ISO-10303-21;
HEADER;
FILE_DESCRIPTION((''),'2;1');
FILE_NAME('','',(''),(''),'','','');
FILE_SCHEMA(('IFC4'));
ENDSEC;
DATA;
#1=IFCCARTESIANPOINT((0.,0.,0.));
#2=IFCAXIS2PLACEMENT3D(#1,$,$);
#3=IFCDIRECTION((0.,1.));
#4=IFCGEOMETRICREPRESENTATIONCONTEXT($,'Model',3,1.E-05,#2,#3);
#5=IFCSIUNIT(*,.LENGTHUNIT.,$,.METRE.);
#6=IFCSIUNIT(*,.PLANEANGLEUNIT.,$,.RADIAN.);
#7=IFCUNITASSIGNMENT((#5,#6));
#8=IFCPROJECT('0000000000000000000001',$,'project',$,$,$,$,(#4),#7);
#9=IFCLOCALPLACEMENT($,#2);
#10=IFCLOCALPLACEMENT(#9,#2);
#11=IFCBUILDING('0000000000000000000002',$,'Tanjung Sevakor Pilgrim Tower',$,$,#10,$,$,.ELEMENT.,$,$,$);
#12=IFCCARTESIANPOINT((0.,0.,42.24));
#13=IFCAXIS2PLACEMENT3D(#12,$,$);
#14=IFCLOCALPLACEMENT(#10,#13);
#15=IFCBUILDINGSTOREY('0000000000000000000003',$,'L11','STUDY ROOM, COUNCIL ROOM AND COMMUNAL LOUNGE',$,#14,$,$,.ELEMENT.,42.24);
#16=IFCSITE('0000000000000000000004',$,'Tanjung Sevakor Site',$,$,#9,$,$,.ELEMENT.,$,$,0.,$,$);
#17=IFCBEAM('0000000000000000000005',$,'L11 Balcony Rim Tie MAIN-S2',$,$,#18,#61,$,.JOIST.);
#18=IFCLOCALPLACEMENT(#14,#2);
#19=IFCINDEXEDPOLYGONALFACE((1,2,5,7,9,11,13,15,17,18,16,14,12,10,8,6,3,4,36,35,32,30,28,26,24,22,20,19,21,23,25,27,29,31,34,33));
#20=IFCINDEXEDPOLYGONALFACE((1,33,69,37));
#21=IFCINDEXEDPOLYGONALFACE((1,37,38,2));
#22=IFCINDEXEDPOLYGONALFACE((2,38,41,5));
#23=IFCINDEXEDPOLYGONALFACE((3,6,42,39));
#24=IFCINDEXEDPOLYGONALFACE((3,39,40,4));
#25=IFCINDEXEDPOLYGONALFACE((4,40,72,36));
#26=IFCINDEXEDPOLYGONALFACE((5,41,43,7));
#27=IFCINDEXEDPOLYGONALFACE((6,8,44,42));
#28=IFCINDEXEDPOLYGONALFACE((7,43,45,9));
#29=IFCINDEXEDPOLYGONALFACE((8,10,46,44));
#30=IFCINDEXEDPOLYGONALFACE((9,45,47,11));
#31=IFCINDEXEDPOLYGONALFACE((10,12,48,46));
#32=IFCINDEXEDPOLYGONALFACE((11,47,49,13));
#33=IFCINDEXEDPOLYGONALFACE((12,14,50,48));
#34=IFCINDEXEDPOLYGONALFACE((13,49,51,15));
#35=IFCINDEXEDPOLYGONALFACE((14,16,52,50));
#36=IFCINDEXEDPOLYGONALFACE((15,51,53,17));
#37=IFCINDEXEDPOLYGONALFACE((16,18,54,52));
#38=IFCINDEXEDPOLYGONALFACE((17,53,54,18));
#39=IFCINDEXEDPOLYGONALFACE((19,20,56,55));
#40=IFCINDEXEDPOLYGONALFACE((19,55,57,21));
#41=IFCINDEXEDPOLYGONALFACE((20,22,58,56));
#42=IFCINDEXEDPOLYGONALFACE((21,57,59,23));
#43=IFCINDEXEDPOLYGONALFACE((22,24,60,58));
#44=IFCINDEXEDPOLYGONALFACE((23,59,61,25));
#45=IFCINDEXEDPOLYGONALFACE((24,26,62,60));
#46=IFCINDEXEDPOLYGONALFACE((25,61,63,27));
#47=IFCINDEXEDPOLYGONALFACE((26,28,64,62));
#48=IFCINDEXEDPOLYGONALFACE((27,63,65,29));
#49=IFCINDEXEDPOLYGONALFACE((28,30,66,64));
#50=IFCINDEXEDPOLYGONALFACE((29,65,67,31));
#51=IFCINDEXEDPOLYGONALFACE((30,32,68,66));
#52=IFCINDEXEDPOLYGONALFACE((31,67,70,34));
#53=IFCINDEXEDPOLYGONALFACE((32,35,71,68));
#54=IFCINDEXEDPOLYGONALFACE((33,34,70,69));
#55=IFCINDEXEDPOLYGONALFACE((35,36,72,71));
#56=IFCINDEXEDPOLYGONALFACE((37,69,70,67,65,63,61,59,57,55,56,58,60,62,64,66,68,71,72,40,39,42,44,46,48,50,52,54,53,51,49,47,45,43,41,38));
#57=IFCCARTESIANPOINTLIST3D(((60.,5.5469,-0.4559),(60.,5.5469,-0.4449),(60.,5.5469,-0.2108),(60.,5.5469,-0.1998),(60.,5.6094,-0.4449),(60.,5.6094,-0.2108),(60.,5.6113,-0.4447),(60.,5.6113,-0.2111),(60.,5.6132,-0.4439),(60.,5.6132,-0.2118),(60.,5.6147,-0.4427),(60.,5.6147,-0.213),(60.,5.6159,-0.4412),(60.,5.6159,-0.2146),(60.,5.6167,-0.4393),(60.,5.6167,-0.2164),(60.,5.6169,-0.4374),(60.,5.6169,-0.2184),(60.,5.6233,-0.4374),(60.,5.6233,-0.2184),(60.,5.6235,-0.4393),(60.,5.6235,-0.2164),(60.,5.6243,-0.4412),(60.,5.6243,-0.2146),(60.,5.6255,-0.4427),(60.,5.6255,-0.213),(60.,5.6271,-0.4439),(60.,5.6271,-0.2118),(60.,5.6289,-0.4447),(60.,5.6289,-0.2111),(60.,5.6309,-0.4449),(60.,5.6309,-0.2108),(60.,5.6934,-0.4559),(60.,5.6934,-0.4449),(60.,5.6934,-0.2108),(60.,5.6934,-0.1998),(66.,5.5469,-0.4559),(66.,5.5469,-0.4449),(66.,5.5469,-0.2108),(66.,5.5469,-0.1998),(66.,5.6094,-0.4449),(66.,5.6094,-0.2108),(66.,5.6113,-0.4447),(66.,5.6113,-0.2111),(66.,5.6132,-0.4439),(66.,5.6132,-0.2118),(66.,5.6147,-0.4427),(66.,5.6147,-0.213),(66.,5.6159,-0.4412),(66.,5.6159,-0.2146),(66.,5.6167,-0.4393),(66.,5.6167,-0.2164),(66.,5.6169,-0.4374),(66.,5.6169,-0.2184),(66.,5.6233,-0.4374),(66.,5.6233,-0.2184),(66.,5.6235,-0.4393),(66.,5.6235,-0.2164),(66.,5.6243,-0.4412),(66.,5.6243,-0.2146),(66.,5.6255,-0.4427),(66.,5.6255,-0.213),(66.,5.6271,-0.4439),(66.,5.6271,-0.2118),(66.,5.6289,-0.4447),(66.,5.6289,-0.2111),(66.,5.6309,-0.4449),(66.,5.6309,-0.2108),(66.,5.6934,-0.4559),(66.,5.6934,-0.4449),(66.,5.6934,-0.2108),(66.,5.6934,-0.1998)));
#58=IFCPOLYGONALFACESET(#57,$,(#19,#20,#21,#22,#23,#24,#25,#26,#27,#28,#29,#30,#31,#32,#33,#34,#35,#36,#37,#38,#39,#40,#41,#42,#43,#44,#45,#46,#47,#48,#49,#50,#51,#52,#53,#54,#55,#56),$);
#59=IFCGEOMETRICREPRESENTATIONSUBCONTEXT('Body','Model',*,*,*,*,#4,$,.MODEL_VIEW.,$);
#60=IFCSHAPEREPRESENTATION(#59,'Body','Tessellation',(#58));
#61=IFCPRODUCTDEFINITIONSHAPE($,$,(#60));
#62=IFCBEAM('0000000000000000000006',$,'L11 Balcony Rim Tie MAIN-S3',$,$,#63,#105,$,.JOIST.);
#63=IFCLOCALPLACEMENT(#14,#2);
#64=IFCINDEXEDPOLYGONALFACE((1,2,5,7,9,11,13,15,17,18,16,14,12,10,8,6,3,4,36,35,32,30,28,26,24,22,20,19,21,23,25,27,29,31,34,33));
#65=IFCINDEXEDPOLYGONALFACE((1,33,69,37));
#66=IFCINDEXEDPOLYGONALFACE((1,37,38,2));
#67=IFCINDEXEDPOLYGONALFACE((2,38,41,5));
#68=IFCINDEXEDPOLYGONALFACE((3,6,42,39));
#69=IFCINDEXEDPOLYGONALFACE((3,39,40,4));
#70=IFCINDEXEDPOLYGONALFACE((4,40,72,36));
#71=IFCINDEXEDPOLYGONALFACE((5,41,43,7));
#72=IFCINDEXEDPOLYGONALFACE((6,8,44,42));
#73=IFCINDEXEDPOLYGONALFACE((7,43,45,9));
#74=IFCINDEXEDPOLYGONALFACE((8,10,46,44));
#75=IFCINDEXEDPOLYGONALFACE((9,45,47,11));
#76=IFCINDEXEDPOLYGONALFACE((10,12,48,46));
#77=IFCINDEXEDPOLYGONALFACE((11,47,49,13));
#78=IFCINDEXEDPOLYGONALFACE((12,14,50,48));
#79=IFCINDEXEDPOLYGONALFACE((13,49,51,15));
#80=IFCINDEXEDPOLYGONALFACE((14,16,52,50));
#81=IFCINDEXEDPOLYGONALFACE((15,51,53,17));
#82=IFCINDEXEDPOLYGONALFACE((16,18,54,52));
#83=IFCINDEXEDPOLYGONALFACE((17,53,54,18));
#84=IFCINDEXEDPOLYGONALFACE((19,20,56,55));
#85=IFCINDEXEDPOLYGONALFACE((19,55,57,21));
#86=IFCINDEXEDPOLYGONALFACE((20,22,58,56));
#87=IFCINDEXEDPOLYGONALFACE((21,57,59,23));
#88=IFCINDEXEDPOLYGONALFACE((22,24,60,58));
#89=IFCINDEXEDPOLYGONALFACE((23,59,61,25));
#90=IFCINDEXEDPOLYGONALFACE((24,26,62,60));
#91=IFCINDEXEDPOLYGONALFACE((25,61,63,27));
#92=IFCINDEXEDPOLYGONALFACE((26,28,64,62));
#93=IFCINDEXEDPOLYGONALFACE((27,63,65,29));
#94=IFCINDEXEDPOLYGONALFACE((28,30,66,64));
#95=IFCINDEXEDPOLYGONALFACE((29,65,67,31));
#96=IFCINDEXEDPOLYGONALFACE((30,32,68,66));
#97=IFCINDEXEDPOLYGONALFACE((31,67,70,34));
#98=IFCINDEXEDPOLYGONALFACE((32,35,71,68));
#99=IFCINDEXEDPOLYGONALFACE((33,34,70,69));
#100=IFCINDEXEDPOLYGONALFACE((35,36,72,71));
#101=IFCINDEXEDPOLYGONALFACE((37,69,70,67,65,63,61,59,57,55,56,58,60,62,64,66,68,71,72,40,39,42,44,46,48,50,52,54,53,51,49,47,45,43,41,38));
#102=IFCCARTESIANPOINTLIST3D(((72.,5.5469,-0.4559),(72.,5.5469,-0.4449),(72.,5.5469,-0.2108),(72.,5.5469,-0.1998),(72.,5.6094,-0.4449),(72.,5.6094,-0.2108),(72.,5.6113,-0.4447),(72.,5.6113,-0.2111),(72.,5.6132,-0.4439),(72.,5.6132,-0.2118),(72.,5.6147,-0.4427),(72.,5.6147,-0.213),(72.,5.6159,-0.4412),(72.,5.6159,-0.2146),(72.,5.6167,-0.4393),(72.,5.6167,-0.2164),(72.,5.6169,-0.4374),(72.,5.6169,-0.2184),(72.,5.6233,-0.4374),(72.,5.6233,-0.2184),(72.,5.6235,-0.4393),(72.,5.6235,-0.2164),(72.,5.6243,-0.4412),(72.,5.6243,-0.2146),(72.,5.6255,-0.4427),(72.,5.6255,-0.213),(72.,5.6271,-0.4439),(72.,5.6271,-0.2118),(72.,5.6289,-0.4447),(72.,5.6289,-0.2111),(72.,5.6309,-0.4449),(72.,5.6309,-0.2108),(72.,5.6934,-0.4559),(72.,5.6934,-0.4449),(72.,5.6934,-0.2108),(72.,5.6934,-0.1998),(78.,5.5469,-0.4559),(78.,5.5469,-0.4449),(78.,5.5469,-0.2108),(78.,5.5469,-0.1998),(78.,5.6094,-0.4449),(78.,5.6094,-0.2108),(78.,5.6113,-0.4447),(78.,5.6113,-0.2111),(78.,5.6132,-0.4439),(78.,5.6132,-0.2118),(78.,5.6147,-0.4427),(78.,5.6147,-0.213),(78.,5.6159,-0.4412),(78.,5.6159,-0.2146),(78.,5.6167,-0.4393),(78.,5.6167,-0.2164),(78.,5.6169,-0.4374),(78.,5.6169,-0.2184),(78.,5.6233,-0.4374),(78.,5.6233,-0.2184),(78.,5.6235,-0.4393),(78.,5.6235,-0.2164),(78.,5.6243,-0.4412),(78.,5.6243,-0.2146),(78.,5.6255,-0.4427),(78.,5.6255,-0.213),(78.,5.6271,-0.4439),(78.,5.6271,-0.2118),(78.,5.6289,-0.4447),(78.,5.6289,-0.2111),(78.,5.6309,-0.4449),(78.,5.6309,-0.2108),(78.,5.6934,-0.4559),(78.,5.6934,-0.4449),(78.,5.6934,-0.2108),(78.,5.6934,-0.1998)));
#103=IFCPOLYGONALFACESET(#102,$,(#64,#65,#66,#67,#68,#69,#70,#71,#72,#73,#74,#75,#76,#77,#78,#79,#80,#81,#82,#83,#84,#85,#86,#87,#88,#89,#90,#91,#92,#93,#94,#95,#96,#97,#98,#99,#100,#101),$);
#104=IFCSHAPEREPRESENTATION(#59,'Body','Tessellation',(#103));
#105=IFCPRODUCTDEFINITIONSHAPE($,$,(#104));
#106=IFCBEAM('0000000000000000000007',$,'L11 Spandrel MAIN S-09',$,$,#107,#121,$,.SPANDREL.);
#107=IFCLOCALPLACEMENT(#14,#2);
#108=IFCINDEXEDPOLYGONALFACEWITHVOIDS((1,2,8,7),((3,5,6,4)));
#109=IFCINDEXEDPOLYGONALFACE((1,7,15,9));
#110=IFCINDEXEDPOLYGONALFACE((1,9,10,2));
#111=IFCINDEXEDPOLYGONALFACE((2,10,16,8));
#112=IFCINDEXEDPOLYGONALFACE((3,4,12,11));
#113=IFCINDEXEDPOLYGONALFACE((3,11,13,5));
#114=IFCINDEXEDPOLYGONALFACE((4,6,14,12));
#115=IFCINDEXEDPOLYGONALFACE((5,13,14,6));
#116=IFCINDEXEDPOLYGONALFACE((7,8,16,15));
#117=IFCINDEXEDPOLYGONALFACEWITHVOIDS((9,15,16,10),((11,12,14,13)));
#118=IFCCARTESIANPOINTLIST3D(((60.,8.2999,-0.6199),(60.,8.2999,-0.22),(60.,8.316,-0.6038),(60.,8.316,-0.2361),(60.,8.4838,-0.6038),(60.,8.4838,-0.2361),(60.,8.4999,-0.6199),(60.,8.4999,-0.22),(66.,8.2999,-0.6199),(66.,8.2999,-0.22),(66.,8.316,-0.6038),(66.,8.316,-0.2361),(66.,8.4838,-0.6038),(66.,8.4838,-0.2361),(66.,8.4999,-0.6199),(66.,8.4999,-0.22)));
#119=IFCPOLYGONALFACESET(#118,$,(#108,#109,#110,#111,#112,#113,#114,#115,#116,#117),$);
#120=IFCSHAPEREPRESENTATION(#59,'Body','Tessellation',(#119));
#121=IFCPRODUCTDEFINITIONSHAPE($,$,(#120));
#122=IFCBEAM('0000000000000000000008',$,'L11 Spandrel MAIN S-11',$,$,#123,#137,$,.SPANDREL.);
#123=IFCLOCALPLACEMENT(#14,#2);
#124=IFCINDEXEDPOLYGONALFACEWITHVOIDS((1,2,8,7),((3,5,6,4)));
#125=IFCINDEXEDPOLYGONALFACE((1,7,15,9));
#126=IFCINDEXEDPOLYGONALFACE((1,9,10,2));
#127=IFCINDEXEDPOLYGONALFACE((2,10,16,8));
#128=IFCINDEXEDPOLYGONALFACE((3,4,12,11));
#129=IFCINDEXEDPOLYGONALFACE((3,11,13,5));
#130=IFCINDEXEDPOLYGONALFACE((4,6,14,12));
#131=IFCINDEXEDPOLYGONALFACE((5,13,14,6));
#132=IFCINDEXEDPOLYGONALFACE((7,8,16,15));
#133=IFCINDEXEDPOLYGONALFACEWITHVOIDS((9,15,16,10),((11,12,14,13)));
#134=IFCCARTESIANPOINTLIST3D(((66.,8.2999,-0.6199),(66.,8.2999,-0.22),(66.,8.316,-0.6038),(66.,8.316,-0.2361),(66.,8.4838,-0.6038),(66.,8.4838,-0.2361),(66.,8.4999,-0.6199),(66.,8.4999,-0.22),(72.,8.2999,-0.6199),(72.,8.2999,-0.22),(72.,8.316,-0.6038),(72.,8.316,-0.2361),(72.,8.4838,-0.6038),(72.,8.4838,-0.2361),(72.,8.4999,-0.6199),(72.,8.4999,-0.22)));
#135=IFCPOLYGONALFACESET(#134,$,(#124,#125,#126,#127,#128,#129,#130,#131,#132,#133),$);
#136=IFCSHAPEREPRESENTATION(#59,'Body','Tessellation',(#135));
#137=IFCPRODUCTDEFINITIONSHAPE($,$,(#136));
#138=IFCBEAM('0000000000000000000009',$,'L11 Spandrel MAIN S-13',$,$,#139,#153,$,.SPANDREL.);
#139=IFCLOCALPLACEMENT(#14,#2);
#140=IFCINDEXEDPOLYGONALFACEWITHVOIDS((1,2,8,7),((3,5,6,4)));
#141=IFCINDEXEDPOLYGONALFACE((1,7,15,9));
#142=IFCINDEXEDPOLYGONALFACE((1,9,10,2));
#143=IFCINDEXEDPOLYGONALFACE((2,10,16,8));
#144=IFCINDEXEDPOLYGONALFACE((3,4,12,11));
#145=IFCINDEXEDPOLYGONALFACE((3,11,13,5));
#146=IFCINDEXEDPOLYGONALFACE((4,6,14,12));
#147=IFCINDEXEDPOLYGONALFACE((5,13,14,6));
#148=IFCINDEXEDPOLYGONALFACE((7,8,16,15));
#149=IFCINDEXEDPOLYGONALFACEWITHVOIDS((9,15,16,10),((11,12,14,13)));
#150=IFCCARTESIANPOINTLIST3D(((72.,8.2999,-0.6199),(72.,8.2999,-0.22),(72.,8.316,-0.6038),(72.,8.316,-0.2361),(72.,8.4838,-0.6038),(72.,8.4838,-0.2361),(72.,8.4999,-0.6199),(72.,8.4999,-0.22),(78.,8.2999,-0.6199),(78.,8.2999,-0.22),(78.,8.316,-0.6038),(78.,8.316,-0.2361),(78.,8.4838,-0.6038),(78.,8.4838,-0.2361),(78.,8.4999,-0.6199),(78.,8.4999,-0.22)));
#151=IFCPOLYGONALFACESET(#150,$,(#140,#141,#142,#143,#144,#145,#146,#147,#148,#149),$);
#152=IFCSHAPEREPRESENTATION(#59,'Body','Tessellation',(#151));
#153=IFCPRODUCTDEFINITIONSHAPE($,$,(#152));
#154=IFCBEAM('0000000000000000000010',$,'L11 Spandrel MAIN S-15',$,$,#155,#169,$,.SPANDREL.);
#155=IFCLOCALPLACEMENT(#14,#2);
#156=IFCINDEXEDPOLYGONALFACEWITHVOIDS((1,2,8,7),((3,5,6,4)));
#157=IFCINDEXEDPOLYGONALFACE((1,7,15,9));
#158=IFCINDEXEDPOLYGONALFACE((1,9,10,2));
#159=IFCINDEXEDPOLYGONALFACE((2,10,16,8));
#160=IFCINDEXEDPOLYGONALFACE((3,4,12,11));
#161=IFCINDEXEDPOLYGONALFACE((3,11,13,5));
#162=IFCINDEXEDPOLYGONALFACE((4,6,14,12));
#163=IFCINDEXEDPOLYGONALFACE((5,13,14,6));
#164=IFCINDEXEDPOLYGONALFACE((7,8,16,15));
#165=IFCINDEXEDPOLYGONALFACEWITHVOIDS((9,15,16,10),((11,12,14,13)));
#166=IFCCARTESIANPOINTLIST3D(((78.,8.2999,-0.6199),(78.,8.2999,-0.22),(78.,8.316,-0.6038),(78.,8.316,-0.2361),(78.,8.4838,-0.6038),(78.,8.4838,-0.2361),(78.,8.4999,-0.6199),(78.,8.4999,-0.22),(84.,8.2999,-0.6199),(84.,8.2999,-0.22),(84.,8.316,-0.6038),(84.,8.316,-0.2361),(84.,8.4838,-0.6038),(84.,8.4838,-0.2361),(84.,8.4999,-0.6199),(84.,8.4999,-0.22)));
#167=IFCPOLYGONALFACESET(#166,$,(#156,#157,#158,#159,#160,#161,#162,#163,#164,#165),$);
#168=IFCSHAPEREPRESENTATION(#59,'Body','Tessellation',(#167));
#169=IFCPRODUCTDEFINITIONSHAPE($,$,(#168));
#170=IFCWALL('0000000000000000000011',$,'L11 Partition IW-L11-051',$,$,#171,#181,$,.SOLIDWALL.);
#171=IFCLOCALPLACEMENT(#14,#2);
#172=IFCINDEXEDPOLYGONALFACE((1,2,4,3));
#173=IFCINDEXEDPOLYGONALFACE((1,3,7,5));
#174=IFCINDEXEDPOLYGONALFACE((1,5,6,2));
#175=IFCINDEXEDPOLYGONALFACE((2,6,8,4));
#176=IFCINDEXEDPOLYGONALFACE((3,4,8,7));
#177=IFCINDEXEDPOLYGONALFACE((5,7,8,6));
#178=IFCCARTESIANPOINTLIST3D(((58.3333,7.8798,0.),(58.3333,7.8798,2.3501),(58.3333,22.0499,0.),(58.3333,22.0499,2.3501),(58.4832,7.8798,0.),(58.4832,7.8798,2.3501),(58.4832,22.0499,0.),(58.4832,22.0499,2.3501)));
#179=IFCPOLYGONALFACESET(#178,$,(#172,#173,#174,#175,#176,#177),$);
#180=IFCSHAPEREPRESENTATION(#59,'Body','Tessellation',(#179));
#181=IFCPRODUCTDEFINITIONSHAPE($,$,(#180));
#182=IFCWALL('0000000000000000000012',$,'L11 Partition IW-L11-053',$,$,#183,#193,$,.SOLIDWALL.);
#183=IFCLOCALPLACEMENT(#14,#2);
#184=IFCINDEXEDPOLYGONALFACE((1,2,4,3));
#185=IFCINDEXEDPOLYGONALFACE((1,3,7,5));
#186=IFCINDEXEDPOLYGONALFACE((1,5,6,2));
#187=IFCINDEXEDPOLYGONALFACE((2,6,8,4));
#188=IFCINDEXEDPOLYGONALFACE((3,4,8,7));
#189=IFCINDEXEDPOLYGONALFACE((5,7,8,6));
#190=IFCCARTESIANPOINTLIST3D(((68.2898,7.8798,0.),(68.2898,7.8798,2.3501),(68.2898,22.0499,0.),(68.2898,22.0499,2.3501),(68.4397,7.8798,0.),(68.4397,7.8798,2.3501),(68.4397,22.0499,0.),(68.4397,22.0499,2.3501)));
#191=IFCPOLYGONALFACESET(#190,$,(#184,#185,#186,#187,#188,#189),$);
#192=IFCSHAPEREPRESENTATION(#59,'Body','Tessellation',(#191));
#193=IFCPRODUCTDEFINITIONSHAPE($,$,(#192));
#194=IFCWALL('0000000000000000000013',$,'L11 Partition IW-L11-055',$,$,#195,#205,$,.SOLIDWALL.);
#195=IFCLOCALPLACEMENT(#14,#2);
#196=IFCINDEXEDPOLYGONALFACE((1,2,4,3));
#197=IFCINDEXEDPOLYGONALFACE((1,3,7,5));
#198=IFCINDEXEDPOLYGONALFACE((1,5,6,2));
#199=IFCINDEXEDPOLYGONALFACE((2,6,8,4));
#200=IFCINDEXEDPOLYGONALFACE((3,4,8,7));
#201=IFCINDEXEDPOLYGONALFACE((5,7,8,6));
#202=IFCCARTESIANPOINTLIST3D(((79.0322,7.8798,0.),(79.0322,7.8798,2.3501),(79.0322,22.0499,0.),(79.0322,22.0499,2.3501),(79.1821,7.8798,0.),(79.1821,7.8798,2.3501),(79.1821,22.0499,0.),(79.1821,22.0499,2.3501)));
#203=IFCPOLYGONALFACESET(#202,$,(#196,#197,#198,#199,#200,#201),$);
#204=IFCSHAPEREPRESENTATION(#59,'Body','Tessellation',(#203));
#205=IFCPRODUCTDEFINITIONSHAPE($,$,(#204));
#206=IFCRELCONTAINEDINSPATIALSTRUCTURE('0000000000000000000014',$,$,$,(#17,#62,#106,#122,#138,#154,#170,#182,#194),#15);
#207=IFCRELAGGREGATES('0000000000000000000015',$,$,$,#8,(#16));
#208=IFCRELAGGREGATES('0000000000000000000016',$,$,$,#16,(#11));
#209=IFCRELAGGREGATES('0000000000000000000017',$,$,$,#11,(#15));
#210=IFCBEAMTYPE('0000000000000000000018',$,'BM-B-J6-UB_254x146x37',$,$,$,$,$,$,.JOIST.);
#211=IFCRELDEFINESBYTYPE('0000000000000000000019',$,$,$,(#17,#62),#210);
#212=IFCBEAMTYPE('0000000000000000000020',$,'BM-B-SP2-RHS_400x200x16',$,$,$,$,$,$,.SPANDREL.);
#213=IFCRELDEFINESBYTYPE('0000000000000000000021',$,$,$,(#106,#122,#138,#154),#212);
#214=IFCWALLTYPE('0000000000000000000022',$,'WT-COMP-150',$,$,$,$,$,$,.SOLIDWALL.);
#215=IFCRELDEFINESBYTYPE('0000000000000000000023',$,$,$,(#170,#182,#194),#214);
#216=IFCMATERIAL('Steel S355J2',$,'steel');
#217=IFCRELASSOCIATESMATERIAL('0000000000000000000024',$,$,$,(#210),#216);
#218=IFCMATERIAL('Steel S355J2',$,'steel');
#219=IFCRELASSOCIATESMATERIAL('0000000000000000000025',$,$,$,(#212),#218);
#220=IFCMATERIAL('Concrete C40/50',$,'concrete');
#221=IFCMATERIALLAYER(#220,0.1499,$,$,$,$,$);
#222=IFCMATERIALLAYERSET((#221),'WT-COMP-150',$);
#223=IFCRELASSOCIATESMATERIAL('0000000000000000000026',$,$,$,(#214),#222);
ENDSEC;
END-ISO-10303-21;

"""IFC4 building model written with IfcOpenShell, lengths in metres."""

from ifc_helpers import new_model, si_unit, direction, frame, frame_2d, origin, origin_2d, place, context, subcontext, project, spatial, rectangle, hollow_rectangle, i_section, extrude, material, layer, layer_set, material_profile, profile_set, type_object, element, save


model = new_model("IFC4")

# Units and contexts
model_context = context("Model", 3, precision=1e-05, world=origin(), true_north=direction((0.0, 1.0)))
body_context = subcontext(model_context, "Body", "Model", "MODEL_VIEW")
ifc_project = project(units=[si_unit("LENGTHUNIT", "METRE"), si_unit("PLANEANGLEUNIT", "RADIAN")], contexts=[model_context])

# Site, building, storey
site_placement = place(None, origin())
site = spatial("IfcSite", under=ifc_project, at=site_placement, Name="Tanjung Sevakor Site", CompositionType="ELEMENT", RefElevation=0.0)
building_placement = place(site_placement, origin())
building = spatial("IfcBuilding", under=site, at=building_placement, Name="Tanjung Sevakor Pilgrim Tower", CompositionType="ELEMENT")
storey_placement = place(building_placement, frame((0.0, 0.0, 42.24)))
storey = spatial("IfcBuildingStorey", under=building, at=storey_placement, Name="L11", Description="STUDY ROOM, COUNCIL ROOM AND COMMUNAL LOUNGE", CompositionType="ELEMENT", Elevation=42.24)

# Beams
ifc_material_1 = material(Name="Steel S355J2", Category="steel")
ifc_material_profile_1 = material_profile(ifc_material_1, i_section(OverallWidth=0.1465, OverallDepth=0.2561, WebThickness=0.0063, FlangeThickness=0.011, FilletRadius=0.0076, at=origin_2d()))
ifc_profile_set_1 = profile_set([ifc_material_profile_1], Name="Steel S355J2")
beam_type_1 = type_object("IfcBeamType", Name="BM-B-J6-UB_254x146x37", PredefinedType="JOIST", material=ifc_profile_set_1)
for number, where, z_axis, x_axis, name in (
    (1, (60.0, 5.6201, -0.3279), (1.0, 0.0, 0.0), (0.0, 1.0, 0.0), "L11 Balcony Rim Tie MAIN-S2"),
    (2, (72.0, 5.6201, -0.3279), (1.0, 0.0, 0.0), (0.0, 1.0, 0.0), "L11 Balcony Rim Tie MAIN-S3"),
):
    element("IfcBeam", number, at=place(storey_placement, frame(where, z_axis=z_axis, x_axis=x_axis)), inside=storey, type_object=beam_type_1, Name=name, PredefinedType="JOIST", context=body_context, shape_type="SweptSolid", body=[
        extrude(i_section(OverallWidth=0.1465, OverallDepth=0.2561, WebThickness=0.0063, FlangeThickness=0.011, FilletRadius=0.0076, at=origin_2d()), origin(), (0.0, 0.0, 1.0), 6.0),
    ])
ifc_material_2 = material(Name="Steel S355J2", Category="steel")
ifc_material_profile_2 = material_profile(ifc_material_2, hollow_rectangle(XDim=0.2, YDim=0.3999, WallThickness=0.0161, at=origin_2d()))
ifc_profile_set_2 = profile_set([ifc_material_profile_2], Name="Steel S355J2")
beam_type_2 = type_object("IfcBeamType", Name="BM-B-SP2-RHS_400x200x16", PredefinedType="SPANDREL", material=ifc_profile_set_2)
for number, where, z_axis, x_axis, name in (
    (3, (60.0, 8.3999, -0.4199), (1.0, 0.0, 0.0), (0.0, 1.0, 0.0), "L11 Spandrel MAIN S-09"),
    (4, (66.0, 8.3999, -0.4199), (1.0, 0.0, 0.0), (0.0, 1.0, 0.0), "L11 Spandrel MAIN S-11"),
    (5, (72.0, 8.3999, -0.4199), (1.0, 0.0, 0.0), (0.0, 1.0, 0.0), "L11 Spandrel MAIN S-13"),
    (6, (78.0, 8.3999, -0.4199), (1.0, 0.0, 0.0), (0.0, 1.0, 0.0), "L11 Spandrel MAIN S-15"),
):
    element("IfcBeam", number, at=place(storey_placement, frame(where, z_axis=z_axis, x_axis=x_axis)), inside=storey, type_object=beam_type_2, Name=name, PredefinedType="SPANDREL", context=body_context, shape_type="SweptSolid", body=[
        extrude(hollow_rectangle(XDim=0.2, YDim=0.3999, WallThickness=0.0161, at=origin_2d()), origin(), (0.0, 0.0, 1.0), 6.0),
    ])

# Walls
ifc_material_3 = material(Name="Concrete C40/50", Category="concrete")
ifc_layer_1 = layer(ifc_material_3, 0.1499)
ifc_layer_set_1 = layer_set([ifc_layer_1], Name="WT-COMP-150")
wall_type_1 = type_object("IfcWallType", Name="WT-COMP-150", PredefinedType="SOLIDWALL", material=ifc_layer_set_1)
for number, where, z_axis, x_axis, name in (
    (7, (58.4082, 7.8799, 0.0), (0.0, 0.0, 1.0), (0.0, 1.0, 0.0), "L11 Partition IW-L11-051"),
    (8, (68.3647, 7.8799, 0.0), (0.0, 0.0, 1.0), (0.0, 1.0, 0.0), "L11 Partition IW-L11-053"),
    (9, (79.1072, 7.8799, 0.0), (0.0, 0.0, 1.0), (0.0, 1.0, 0.0), "L11 Partition IW-L11-055"),
):
    element("IfcWall", number, at=place(storey_placement, frame(where, z_axis=z_axis, x_axis=x_axis)), inside=storey, type_object=wall_type_1, Name=name, PredefinedType="SOLIDWALL", context=body_context, shape_type="SweptSolid", body=[
        extrude(rectangle(XDim=14.1702, YDim=0.1499, at=frame_2d((7.085, 0.0))), origin(), (0.0, 0.0, 1.0), 2.3501),
    ])

save(model, "model.ifc")
